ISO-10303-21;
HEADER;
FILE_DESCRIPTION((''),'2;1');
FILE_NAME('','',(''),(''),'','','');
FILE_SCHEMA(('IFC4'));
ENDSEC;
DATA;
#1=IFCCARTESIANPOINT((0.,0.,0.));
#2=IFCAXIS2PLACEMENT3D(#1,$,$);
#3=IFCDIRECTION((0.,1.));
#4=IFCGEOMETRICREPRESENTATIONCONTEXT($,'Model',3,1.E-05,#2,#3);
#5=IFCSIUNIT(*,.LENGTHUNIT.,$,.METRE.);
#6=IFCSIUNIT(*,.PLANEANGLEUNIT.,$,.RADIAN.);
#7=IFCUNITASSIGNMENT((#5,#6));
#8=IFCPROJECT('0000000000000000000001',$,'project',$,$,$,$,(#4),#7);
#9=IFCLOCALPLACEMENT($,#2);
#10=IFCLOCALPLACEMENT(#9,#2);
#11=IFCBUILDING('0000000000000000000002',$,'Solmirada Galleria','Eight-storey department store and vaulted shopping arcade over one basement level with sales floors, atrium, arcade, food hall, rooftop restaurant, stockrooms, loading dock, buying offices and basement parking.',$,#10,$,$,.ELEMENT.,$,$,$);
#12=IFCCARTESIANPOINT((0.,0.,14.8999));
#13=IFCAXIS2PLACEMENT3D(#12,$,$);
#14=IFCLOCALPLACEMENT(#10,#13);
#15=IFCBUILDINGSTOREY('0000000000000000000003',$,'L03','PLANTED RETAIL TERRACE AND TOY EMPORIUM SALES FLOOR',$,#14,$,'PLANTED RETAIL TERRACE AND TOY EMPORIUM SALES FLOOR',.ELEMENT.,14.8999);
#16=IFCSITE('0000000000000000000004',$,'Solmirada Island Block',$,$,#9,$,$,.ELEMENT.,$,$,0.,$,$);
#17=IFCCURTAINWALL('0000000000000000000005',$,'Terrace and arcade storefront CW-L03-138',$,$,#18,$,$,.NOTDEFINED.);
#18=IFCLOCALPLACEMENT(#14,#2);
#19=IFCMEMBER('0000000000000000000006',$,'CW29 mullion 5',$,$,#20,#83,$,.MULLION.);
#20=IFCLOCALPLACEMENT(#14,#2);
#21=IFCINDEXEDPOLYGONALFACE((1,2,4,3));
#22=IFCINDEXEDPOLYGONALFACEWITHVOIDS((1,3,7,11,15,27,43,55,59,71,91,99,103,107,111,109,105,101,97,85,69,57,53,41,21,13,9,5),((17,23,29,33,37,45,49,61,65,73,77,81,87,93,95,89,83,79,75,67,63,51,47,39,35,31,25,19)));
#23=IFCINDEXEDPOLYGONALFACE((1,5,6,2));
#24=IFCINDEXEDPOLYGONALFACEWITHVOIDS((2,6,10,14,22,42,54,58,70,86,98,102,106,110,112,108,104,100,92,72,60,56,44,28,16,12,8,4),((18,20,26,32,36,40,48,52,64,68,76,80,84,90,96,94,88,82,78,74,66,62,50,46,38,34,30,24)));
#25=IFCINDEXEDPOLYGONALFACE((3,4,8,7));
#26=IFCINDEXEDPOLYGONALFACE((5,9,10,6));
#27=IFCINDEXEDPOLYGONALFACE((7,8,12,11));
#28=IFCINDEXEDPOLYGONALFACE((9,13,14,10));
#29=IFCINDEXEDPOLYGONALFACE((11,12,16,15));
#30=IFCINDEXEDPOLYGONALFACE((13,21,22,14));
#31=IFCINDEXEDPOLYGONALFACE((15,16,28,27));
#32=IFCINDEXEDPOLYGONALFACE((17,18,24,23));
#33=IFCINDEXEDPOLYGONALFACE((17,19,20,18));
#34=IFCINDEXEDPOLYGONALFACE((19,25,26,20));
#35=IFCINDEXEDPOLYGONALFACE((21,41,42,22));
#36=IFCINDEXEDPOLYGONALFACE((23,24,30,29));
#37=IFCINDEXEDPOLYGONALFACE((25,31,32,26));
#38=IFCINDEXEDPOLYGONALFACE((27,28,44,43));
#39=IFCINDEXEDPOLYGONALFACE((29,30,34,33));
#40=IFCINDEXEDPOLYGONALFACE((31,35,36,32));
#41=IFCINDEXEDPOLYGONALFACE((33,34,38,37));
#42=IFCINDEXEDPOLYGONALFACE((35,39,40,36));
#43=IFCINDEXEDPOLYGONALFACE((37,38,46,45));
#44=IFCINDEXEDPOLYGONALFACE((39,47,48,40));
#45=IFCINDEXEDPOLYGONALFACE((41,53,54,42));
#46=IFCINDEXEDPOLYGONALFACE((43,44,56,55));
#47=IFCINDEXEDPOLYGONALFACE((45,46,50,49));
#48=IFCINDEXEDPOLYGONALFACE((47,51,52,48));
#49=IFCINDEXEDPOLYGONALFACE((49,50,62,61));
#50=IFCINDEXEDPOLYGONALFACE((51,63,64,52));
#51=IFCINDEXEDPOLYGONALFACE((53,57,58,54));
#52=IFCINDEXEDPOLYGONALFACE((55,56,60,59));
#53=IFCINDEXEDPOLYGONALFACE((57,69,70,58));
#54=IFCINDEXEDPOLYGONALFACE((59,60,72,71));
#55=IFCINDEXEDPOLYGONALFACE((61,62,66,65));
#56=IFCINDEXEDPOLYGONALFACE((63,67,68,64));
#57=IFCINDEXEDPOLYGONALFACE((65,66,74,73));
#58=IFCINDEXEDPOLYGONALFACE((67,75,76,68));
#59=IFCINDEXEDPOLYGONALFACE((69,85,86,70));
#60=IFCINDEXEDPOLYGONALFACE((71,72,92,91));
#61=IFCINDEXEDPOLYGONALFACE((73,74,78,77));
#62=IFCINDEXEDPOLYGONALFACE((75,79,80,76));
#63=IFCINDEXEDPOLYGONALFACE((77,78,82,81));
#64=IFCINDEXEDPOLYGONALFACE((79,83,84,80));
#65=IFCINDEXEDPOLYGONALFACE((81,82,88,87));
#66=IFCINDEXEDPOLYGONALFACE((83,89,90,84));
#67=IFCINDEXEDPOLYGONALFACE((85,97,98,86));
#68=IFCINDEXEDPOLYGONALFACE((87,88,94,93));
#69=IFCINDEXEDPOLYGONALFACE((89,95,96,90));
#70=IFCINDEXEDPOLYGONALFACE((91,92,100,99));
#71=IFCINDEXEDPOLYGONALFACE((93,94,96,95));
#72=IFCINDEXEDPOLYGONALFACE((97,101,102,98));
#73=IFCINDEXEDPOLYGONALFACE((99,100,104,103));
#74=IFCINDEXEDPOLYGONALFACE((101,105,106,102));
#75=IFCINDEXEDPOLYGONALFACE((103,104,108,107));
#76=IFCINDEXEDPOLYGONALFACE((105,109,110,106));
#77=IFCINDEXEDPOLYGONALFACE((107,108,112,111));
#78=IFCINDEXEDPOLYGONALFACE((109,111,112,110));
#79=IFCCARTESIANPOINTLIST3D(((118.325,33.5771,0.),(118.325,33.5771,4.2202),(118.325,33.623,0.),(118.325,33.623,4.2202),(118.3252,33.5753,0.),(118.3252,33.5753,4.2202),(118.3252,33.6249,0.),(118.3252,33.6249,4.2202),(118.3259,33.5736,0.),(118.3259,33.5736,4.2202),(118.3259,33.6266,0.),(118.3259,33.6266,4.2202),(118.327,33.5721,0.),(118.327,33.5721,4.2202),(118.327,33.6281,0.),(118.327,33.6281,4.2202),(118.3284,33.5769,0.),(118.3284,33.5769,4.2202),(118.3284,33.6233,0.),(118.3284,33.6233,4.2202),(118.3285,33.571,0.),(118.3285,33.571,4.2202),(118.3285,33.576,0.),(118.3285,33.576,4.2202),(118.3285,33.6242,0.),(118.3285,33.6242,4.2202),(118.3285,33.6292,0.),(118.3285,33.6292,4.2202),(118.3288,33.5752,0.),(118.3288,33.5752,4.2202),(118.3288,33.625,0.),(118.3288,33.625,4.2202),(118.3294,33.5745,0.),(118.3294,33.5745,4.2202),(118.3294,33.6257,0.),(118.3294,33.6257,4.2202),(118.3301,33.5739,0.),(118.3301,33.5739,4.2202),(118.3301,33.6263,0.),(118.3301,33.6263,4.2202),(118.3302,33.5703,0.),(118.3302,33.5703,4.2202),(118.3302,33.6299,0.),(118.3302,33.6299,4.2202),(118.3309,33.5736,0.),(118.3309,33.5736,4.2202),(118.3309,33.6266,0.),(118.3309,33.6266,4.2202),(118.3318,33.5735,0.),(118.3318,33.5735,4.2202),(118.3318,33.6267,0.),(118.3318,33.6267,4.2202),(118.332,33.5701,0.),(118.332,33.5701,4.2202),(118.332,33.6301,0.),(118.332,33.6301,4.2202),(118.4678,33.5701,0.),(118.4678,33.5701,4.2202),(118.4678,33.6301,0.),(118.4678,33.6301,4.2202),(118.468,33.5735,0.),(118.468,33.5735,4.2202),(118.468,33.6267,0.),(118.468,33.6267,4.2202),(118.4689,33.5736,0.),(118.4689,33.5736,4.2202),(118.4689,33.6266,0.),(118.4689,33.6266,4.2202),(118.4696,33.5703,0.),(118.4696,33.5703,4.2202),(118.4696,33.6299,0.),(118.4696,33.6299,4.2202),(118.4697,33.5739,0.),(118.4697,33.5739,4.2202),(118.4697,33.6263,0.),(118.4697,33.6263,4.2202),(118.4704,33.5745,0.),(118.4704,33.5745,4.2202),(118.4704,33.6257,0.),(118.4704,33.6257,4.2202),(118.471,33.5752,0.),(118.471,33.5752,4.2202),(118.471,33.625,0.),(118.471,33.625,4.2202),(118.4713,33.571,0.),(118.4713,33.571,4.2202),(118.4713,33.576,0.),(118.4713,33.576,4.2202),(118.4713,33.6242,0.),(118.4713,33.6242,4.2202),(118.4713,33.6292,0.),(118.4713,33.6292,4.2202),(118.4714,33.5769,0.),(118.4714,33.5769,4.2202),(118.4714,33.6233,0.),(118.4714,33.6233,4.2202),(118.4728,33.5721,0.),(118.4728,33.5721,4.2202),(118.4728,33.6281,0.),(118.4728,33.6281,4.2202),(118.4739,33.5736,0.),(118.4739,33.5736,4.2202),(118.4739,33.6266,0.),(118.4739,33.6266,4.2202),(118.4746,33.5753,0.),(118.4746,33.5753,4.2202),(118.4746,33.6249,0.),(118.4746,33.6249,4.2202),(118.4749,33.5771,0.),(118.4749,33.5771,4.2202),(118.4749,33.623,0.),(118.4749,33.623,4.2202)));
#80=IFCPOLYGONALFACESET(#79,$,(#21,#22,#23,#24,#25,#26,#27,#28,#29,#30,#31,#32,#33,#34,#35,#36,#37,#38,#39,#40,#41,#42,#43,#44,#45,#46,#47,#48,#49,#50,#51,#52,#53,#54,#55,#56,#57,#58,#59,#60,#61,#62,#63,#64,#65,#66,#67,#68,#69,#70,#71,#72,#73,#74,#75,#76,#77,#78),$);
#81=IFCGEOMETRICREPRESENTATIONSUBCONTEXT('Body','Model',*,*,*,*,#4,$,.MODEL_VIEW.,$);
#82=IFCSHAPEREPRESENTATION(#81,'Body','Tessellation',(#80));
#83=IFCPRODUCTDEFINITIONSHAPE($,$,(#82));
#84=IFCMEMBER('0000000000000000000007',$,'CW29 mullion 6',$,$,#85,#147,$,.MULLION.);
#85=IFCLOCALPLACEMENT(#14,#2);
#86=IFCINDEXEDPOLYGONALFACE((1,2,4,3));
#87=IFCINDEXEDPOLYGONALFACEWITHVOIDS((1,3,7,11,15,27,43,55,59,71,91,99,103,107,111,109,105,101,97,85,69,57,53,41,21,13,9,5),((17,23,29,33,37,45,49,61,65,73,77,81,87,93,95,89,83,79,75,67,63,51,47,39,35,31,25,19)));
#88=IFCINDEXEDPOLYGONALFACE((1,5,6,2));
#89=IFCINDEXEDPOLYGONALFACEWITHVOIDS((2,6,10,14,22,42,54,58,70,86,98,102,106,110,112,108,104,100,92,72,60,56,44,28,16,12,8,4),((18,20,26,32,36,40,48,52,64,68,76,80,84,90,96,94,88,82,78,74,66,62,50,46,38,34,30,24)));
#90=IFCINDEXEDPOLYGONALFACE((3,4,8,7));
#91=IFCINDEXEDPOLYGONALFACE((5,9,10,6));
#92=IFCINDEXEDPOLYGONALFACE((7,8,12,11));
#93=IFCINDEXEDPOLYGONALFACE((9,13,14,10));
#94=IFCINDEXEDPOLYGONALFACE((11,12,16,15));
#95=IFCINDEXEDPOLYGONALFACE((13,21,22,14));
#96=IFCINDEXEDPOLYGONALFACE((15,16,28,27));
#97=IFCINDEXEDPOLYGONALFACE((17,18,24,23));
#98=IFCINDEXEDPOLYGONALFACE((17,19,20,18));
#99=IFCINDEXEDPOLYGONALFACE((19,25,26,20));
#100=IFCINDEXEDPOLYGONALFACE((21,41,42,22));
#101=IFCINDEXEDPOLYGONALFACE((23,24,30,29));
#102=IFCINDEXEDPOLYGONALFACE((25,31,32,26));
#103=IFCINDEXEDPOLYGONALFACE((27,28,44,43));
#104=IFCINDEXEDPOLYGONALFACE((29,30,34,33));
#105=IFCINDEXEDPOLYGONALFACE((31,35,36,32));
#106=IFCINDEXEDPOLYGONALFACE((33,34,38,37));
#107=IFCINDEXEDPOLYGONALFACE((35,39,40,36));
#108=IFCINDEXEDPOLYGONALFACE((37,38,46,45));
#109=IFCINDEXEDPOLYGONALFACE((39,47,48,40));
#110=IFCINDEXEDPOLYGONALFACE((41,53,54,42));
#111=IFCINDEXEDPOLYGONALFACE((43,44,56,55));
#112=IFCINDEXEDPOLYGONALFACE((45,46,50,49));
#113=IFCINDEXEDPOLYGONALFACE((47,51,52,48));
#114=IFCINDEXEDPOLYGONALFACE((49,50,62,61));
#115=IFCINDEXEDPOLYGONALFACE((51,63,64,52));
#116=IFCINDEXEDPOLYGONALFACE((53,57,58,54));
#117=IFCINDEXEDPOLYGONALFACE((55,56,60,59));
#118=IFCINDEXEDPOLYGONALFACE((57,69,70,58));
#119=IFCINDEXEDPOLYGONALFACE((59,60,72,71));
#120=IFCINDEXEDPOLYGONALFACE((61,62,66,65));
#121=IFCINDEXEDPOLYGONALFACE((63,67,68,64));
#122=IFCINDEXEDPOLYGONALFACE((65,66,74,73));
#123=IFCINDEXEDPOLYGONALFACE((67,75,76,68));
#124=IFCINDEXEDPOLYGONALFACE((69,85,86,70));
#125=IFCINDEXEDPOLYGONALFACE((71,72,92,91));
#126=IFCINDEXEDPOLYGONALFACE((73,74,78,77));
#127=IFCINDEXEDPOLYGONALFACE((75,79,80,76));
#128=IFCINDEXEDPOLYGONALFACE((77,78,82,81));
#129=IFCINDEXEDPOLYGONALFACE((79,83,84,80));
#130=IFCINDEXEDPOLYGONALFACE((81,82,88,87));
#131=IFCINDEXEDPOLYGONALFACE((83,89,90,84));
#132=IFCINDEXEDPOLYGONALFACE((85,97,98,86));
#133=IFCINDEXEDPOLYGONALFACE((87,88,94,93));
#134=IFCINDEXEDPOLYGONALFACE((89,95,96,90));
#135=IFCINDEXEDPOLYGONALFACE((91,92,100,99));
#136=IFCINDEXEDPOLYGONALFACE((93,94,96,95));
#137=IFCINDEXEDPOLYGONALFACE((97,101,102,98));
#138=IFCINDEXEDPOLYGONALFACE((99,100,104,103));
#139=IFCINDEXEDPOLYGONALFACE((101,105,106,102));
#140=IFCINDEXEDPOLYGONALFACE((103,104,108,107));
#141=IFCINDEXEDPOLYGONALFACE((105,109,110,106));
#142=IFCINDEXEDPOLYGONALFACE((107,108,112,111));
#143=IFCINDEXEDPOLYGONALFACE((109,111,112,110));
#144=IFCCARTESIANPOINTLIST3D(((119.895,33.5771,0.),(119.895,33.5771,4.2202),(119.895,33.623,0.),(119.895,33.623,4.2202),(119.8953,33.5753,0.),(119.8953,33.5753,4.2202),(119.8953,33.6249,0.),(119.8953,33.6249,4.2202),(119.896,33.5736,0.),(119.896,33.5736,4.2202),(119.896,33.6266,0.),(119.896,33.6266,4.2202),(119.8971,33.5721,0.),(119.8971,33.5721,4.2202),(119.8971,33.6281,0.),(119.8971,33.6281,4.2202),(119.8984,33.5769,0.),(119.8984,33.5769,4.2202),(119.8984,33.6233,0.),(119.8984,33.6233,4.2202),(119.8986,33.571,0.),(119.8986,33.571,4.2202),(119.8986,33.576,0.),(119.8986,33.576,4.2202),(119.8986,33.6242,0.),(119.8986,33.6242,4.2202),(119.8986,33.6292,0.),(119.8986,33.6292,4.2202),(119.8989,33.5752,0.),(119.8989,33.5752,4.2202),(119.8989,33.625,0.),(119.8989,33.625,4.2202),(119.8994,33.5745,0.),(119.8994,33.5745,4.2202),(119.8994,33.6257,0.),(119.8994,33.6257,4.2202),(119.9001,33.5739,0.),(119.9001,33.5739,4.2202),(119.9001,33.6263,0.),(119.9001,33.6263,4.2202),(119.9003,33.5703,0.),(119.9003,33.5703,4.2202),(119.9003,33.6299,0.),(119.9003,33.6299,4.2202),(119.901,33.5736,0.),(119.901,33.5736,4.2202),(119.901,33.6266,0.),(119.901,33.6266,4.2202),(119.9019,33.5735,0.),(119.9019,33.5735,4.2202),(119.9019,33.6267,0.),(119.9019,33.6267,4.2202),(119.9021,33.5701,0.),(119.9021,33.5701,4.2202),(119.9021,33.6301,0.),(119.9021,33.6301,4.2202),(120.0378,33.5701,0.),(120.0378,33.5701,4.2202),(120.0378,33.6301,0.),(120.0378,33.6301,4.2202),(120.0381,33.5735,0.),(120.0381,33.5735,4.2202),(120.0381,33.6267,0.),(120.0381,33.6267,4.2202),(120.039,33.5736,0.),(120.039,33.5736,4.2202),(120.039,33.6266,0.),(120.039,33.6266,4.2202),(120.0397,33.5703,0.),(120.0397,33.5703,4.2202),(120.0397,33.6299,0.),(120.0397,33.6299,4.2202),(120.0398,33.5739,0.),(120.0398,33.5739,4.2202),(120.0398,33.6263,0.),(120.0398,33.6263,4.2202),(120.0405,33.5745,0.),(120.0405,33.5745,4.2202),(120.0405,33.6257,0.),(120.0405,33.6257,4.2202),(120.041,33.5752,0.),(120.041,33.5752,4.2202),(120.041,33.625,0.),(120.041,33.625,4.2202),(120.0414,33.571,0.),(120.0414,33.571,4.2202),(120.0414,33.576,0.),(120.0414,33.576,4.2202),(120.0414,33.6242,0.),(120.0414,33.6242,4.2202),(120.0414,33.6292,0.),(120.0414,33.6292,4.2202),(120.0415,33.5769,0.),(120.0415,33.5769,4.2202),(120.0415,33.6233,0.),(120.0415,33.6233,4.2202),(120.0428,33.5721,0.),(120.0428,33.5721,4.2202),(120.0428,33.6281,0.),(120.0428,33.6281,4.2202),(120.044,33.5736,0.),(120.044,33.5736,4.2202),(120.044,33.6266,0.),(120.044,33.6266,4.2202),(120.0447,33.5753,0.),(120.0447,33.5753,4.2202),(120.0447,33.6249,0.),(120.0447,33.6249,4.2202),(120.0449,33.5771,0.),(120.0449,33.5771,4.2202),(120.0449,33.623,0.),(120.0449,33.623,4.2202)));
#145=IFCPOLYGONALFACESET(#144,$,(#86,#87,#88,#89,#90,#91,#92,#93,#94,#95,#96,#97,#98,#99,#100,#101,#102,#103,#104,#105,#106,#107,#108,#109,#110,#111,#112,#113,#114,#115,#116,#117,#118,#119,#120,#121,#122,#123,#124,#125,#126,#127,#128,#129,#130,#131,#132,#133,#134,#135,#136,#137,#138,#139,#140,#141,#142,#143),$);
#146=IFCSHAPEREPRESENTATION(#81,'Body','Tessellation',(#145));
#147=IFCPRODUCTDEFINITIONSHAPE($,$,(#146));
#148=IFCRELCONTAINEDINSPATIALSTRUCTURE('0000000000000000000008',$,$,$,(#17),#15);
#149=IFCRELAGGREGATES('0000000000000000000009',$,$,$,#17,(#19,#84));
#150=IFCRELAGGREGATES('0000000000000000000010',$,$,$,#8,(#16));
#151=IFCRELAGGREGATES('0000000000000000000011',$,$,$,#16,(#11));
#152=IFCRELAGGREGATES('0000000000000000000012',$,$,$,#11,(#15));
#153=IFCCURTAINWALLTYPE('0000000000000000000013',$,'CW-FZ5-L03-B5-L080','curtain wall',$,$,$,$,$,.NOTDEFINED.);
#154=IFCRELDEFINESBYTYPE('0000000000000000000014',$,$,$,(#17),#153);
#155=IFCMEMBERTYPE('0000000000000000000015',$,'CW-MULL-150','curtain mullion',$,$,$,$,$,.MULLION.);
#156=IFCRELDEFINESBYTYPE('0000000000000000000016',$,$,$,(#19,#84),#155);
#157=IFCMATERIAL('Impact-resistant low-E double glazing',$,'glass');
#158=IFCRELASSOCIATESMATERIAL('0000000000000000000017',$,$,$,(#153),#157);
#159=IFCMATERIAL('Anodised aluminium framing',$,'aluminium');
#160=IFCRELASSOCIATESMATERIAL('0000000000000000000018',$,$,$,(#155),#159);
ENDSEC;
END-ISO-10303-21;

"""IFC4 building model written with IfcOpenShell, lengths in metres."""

from ifc_helpers import new_model, si_unit, direction, frame, origin, origin_2d, place, context, subcontext, project, spatial, hollow_rectangle, extrude, material, material_profile, profile_set, type_object, element, aggregate, save


model = new_model("IFC4")

# Units and contexts
model_context = context("Model", 3, precision=1e-05, world=origin(), true_north=direction((0.0, 1.0)))
body_context = subcontext(model_context, "Body", "Model", "MODEL_VIEW")
ifc_project = project(units=[si_unit("LENGTHUNIT", "METRE"), si_unit("PLANEANGLEUNIT", "RADIAN")], contexts=[model_context])

# Site, building, storey
site_placement = place(None, origin())
site = spatial("IfcSite", under=ifc_project, at=site_placement, Name="Solmirada Island Block", CompositionType="ELEMENT", RefElevation=0.0)
building_placement = place(site_placement, origin())
building = spatial("IfcBuilding", under=site, at=building_placement, Name="Solmirada Galleria", Description="Eight-storey department store and vaulted shopping arcade over one basement level with sales floors, atrium, arcade, food hall, rooftop restaurant, stockrooms, loading dock, buying offices and basement parking.", CompositionType="ELEMENT")
storey_placement = place(building_placement, frame((0.0, 0.0, 14.8999)))
storey = spatial("IfcBuildingStorey", under=building, at=storey_placement, Name="L03", Description="PLANTED RETAIL TERRACE AND TOY EMPORIUM SALES FLOOR", LongName="PLANTED RETAIL TERRACE AND TOY EMPORIUM SALES FLOOR", CompositionType="ELEMENT", Elevation=14.8999)

# Curtain wall, members
ifc_material_1 = material(Name="Impact-resistant low-E double glazing", Category="glass")
curtain_wall_type = type_object("IfcCurtainWallType", Name="CW-FZ5-L03-B5-L080", Description="curtain wall", PredefinedType="NOTDEFINED", material=ifc_material_1)
curtain_wall_placement = place(storey_placement, origin())
curtain_wall = element("IfcCurtainWall", 1, at=curtain_wall_placement, inside=storey, type_object=curtain_wall_type, Name="Terrace and arcade storefront CW-L03-138", PredefinedType="NOTDEFINED")
ifc_material_2 = material(Name="Anodised aluminium framing", Category="aluminium")
ifc_material_profile_1 = material_profile(ifc_material_2, hollow_rectangle(XDim=0.0601, YDim=0.1499, WallThickness=0.0034, InnerFilletRadius=0.0034, OuterFilletRadius=0.0071, at=origin_2d()), Name="ALU-MULL-150X60")
ifc_profile_set_1 = profile_set([ifc_material_profile_1], Name="Anodised aluminium framing")
member_type_1 = type_object("IfcMemberType", Name="CW-MULL-150", Description="curtain mullion", PredefinedType="MULLION", material=ifc_profile_set_1)
member_1_placement = place(storey_placement, frame((118.3999, 33.6001, 0.0), z_axis=(0.0, 0.0, 1.0), x_axis=(0.0, 1.0, 0.0)))
member_1 = element("IfcMember", 2, at=member_1_placement, type_object=member_type_1, Name="CW29 mullion 5", PredefinedType="MULLION", context=body_context, shape_type="SweptSolid", body=[
    extrude(hollow_rectangle(XDim=0.0601, YDim=0.1499, WallThickness=0.0034, InnerFilletRadius=0.0034, OuterFilletRadius=0.0071, at=origin_2d()), origin(), (0.0, 0.0, 1.0), 4.2202),
])
member_2_placement = place(storey_placement, frame((119.97, 33.6001, 0.0), z_axis=(0.0, 0.0, 1.0), x_axis=(0.0, 1.0, 0.0)))
member_2 = element("IfcMember", 3, at=member_2_placement, type_object=member_type_1, Name="CW29 mullion 6", PredefinedType="MULLION", context=body_context, shape_type="SweptSolid", body=[
    extrude(hollow_rectangle(XDim=0.0601, YDim=0.1499, WallThickness=0.0034, InnerFilletRadius=0.0034, OuterFilletRadius=0.0071, at=origin_2d()), origin(), (0.0, 0.0, 1.0), 4.2202),
])
aggregate(curtain_wall, [member_1, member_2])

save(model, "model.ifc")
